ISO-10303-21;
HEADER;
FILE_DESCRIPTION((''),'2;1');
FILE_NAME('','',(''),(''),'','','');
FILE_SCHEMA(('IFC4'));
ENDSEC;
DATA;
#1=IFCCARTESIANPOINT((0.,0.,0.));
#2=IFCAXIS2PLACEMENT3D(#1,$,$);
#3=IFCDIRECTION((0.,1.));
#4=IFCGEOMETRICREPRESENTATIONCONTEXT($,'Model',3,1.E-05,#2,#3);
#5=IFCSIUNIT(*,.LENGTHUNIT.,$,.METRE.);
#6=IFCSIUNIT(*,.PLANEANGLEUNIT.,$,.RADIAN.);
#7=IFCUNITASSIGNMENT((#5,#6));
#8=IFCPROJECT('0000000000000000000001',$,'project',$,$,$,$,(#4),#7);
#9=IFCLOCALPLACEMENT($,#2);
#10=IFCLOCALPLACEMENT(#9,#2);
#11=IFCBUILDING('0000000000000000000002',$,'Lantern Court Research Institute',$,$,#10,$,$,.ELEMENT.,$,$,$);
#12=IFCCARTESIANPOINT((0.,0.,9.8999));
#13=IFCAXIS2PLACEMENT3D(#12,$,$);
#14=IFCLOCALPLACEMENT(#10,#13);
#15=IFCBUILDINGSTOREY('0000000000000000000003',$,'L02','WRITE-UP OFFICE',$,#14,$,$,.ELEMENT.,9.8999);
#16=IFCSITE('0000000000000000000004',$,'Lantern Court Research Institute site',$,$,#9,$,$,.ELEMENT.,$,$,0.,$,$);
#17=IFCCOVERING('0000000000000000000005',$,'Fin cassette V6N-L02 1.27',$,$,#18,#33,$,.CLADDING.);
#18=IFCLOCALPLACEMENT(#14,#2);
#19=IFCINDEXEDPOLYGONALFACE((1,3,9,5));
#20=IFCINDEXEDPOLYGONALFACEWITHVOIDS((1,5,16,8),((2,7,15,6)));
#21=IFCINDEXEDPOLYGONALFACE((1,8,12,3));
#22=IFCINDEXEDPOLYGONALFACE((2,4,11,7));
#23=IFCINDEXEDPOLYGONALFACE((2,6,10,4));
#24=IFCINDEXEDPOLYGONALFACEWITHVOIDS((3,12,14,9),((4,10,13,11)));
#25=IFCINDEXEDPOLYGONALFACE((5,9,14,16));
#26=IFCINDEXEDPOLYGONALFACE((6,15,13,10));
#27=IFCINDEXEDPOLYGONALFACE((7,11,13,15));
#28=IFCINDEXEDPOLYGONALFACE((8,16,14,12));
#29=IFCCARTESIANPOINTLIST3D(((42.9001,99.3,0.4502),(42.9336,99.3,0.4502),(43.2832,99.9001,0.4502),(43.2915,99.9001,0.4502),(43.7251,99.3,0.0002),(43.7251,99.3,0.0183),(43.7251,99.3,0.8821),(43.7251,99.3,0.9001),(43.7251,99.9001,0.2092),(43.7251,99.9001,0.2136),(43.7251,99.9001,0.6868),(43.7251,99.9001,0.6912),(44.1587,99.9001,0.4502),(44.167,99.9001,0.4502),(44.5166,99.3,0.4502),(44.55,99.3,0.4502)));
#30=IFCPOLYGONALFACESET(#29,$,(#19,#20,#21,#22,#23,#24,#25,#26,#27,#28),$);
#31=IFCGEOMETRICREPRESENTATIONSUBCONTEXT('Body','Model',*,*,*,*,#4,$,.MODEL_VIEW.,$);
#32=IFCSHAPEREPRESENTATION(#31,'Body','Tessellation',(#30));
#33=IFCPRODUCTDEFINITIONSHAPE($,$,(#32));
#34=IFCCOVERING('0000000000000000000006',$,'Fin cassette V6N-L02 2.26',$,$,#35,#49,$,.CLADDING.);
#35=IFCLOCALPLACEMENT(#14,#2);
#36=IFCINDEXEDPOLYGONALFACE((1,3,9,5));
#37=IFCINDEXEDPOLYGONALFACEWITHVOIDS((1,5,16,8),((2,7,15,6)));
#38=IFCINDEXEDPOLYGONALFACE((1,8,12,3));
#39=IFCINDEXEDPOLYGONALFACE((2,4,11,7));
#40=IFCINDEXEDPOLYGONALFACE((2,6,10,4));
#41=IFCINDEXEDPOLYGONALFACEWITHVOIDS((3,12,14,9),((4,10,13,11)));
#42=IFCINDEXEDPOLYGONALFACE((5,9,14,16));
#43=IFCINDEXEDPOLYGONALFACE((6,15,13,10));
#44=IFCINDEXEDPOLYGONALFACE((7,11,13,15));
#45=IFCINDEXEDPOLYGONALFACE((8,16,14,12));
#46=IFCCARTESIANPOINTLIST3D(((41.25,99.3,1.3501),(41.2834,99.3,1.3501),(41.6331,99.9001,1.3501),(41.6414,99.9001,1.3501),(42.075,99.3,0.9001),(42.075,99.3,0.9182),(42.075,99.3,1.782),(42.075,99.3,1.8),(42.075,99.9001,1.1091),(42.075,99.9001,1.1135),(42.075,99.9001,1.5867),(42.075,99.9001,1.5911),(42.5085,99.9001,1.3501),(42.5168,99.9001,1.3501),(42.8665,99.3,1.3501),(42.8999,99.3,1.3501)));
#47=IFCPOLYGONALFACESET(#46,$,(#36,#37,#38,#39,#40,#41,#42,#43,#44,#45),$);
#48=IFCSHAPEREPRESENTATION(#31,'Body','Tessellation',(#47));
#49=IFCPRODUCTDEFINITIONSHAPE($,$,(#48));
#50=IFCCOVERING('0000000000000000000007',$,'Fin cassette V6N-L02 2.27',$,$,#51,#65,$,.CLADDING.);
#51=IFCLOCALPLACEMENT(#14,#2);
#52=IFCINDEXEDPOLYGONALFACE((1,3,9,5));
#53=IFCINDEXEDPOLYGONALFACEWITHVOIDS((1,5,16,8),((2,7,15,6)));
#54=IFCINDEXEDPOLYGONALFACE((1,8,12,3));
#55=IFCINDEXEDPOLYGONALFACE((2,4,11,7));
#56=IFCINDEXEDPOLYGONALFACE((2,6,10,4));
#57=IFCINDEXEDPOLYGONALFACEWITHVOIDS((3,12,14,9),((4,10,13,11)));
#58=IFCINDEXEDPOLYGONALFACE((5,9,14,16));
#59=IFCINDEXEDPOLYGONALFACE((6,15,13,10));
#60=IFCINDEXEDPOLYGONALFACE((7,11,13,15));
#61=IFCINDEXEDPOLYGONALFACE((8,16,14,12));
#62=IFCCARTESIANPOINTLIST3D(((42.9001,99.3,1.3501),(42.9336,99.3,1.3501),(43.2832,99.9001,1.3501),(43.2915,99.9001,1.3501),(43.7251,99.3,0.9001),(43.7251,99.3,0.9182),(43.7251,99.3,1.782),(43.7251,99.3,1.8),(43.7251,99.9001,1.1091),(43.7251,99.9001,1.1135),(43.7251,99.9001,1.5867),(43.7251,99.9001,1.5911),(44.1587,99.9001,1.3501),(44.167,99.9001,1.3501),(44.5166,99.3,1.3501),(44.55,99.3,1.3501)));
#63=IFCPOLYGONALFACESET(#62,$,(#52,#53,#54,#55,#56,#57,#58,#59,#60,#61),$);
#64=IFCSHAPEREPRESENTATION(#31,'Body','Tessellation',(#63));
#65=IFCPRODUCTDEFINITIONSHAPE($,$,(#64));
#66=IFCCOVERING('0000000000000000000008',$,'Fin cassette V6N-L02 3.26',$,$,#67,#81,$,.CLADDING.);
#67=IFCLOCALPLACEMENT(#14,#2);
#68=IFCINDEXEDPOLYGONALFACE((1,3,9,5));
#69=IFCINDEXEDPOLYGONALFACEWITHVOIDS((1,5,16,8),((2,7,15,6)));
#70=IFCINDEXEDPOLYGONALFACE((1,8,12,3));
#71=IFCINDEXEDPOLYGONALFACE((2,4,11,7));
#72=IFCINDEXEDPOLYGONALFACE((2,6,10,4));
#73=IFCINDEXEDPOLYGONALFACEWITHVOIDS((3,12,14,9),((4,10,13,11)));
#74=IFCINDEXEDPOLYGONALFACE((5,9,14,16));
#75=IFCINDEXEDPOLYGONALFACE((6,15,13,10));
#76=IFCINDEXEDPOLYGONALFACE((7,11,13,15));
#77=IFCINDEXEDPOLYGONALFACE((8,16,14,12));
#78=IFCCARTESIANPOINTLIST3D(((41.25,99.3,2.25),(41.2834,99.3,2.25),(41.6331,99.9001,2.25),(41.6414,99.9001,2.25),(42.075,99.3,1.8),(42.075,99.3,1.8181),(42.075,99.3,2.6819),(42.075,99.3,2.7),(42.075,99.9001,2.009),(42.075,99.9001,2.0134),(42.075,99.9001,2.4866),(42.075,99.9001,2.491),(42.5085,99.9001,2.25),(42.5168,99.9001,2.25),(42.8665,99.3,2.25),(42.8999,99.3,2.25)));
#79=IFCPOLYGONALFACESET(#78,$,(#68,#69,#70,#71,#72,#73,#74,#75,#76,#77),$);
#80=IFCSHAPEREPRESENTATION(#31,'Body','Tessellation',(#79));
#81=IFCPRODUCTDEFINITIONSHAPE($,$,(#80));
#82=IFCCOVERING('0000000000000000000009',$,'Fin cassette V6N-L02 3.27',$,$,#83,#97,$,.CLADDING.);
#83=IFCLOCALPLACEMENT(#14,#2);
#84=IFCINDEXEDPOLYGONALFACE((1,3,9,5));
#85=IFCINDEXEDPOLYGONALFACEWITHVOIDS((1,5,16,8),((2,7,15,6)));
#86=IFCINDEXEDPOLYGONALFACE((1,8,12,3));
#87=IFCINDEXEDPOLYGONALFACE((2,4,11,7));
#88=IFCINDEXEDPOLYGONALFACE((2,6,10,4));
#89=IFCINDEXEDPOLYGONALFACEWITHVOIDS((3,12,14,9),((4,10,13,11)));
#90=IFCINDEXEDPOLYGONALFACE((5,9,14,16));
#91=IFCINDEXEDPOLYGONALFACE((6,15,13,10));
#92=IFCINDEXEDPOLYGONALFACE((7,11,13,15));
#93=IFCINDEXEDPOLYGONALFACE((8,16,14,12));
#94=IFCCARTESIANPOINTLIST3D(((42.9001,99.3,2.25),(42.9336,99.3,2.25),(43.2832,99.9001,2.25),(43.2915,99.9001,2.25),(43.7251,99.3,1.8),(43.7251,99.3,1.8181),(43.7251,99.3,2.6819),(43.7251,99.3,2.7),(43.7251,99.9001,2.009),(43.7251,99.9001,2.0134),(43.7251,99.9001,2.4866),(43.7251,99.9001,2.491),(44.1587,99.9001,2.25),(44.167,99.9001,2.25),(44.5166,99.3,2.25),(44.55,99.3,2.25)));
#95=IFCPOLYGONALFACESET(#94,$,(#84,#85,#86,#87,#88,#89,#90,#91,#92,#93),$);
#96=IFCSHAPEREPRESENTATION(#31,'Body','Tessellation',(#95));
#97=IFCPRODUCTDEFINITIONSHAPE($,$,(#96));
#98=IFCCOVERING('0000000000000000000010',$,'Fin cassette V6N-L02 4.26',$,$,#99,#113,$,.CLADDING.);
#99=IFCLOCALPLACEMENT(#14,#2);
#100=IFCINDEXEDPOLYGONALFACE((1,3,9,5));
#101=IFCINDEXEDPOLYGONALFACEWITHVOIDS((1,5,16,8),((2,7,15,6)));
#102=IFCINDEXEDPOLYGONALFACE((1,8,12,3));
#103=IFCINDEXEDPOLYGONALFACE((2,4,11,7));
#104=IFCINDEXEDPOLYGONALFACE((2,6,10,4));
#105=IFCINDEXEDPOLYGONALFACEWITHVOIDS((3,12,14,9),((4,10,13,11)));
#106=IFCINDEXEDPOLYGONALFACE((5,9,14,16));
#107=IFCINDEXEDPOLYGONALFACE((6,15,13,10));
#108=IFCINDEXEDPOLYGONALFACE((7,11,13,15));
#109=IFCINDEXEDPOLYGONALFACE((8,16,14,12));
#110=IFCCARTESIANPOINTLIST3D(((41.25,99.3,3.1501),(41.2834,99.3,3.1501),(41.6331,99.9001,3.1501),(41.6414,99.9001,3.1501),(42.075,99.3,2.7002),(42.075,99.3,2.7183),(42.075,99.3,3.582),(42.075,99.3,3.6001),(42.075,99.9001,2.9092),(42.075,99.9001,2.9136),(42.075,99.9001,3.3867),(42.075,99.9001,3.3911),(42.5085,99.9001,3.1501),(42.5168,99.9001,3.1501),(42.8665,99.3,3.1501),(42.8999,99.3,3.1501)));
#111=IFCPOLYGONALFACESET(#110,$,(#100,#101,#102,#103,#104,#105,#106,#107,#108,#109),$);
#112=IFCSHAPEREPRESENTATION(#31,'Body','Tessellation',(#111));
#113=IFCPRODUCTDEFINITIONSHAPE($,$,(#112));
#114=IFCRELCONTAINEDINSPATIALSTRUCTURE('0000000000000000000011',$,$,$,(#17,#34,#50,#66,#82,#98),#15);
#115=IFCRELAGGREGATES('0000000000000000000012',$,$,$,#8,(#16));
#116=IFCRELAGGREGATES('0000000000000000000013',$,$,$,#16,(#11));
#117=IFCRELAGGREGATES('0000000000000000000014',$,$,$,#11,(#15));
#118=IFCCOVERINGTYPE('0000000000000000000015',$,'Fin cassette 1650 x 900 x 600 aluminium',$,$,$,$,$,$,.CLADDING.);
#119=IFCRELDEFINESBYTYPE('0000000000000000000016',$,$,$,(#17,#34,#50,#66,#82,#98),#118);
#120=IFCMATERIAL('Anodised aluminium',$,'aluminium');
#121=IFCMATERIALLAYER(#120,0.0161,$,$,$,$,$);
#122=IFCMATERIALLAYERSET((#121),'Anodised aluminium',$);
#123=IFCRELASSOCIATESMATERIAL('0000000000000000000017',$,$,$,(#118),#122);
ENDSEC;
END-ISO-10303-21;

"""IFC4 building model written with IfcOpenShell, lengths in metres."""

from ifc_helpers import new_model, entity, si_unit, direction, frame, origin, place, context, subcontext, project, spatial, material, layer, layer_set, type_object, element, save


model = new_model("IFC4")

# Units and contexts
model_context = context("Model", 3, precision=1e-05, world=origin(), true_north=direction((0.0, 1.0)))
body_context = subcontext(model_context, "Body", "Model", "MODEL_VIEW")
ifc_project = project(units=[si_unit("LENGTHUNIT", "METRE"), si_unit("PLANEANGLEUNIT", "RADIAN")], contexts=[model_context])

# Site, building, storey
site_placement = place(None, origin())
site = spatial("IfcSite", under=ifc_project, at=site_placement, Name="Lantern Court Research Institute site", CompositionType="ELEMENT", RefElevation=0.0)
building_placement = place(site_placement, origin())
building = spatial("IfcBuilding", under=site, at=building_placement, Name="Lantern Court Research Institute", CompositionType="ELEMENT")
storey_placement = place(building_placement, frame((0.0, 0.0, 9.8999)))
storey = spatial("IfcBuildingStorey", under=building, at=storey_placement, Name="L02", Description="WRITE-UP OFFICE", CompositionType="ELEMENT", Elevation=9.8999)

# Coverings
ifc_material_1 = material(Name="Anodised aluminium", Category="aluminium")
ifc_layer_1 = layer(ifc_material_1, 0.0161)
ifc_layer_set_1 = layer_set([ifc_layer_1], Name="Anodised aluminium")
covering_type_1 = type_object("IfcCoveringType", Name="Fin cassette 1650 x 900 x 600 aluminium", PredefinedType="CLADDING", material=ifc_layer_set_1)
covering_1_placement = place(storey_placement, frame((43.7251, 99.3, 0.4502), z_axis=(0.0, 1.0, 0.0), x_axis=(-1.0, 0.0, 0.0)))
cartesian_point_1 = entity("IfcCartesianPoint", [0.825, 0.0])
cartesian_point_2 = entity("IfcCartesianPoint", [0.7915, 0.0])
cartesian_point_3 = entity("IfcCartesianPoint", [0.4419, 0.0])
cartesian_point_4 = entity("IfcCartesianPoint", [0.4336, 0.0])
element("IfcCovering", 1, at=covering_1_placement, inside=storey, type_object=covering_type_1, Name="Fin cassette V6N-L02 1.27", PredefinedType="CLADDING", context=body_context, shape_type="SweptSolid", body=[
    entity("IfcExtrudedAreaSolidTapered", entity("IfcArbitraryProfileDefWithVoids", "AREA", None, entity("IfcPolyline", [cartesian_point_1, entity("IfcCartesianPoint", [0.0, 0.45]), entity("IfcCartesianPoint", [-0.825, 0.0]), entity("IfcCartesianPoint", [0.0, -0.45]), cartesian_point_1]), [entity("IfcPolyline", [cartesian_point_2, entity("IfcCartesianPoint", [0.0, 0.4319]), entity("IfcCartesianPoint", [-0.7915, 0.0]), entity("IfcCartesianPoint", [0.0, -0.4319]), cartesian_point_2])]), entity("IfcAxis2Placement3D", entity("IfcCartesianPoint", [0.0, 0.0, 0.0])), entity("IfcDirection", [0.0, 0.0, 1.0]), 0.6001, entity("IfcArbitraryProfileDefWithVoids", "AREA", None, entity("IfcPolyline", [cartesian_point_3, entity("IfcCartesianPoint", [0.0, 0.241]), entity("IfcCartesianPoint", [-0.4419, 0.0]), entity("IfcCartesianPoint", [0.0, -0.241]), cartesian_point_3]), [entity("IfcPolyline", [cartesian_point_4, entity("IfcCartesianPoint", [0.0, 0.2366]), entity("IfcCartesianPoint", [-0.4336, 0.0]), entity("IfcCartesianPoint", [0.0, -0.2366]), cartesian_point_4])])),
])
covering_2_placement = place(storey_placement, frame((42.075, 99.3, 1.3501), z_axis=(0.0, 1.0, 0.0), x_axis=(-1.0, 0.0, 0.0)))
cartesian_point_5 = entity("IfcCartesianPoint", [0.825, 0.0])
cartesian_point_6 = entity("IfcCartesianPoint", [0.7915, 0.0])
cartesian_point_7 = entity("IfcCartesianPoint", [0.4419, 0.0])
cartesian_point_8 = entity("IfcCartesianPoint", [0.4336, 0.0])
element("IfcCovering", 2, at=covering_2_placement, inside=storey, type_object=covering_type_1, Name="Fin cassette V6N-L02 2.26", PredefinedType="CLADDING", context=body_context, shape_type="SweptSolid", body=[
    entity("IfcExtrudedAreaSolidTapered", entity("IfcArbitraryProfileDefWithVoids", "AREA", None, entity("IfcPolyline", [cartesian_point_5, entity("IfcCartesianPoint", [0.0, 0.45]), entity("IfcCartesianPoint", [-0.825, 0.0]), entity("IfcCartesianPoint", [0.0, -0.45]), cartesian_point_5]), [entity("IfcPolyline", [cartesian_point_6, entity("IfcCartesianPoint", [0.0, 0.4319]), entity("IfcCartesianPoint", [-0.7915, 0.0]), entity("IfcCartesianPoint", [0.0, -0.4319]), cartesian_point_6])]), entity("IfcAxis2Placement3D", entity("IfcCartesianPoint", [0.0, 0.0, 0.0])), entity("IfcDirection", [0.0, 0.0, 1.0]), 0.6001, entity("IfcArbitraryProfileDefWithVoids", "AREA", None, entity("IfcPolyline", [cartesian_point_7, entity("IfcCartesianPoint", [0.0, 0.241]), entity("IfcCartesianPoint", [-0.4419, 0.0]), entity("IfcCartesianPoint", [0.0, -0.241]), cartesian_point_7]), [entity("IfcPolyline", [cartesian_point_8, entity("IfcCartesianPoint", [0.0, 0.2366]), entity("IfcCartesianPoint", [-0.4336, 0.0]), entity("IfcCartesianPoint", [0.0, -0.2366]), cartesian_point_8])])),
])
covering_3_placement = place(storey_placement, frame((43.7251, 99.3, 1.3501), z_axis=(0.0, 1.0, 0.0), x_axis=(-1.0, 0.0, 0.0)))
cartesian_point_9 = entity("IfcCartesianPoint", [0.825, 0.0])
cartesian_point_10 = entity("IfcCartesianPoint", [0.7915, 0.0])
cartesian_point_11 = entity("IfcCartesianPoint", [0.4419, 0.0])
cartesian_point_12 = entity("IfcCartesianPoint", [0.4336, 0.0])
element("IfcCovering", 3, at=covering_3_placement, inside=storey, type_object=covering_type_1, Name="Fin cassette V6N-L02 2.27", PredefinedType="CLADDING", context=body_context, shape_type="SweptSolid", body=[
    entity("IfcExtrudedAreaSolidTapered", entity("IfcArbitraryProfileDefWithVoids", "AREA", None, entity("IfcPolyline", [cartesian_point_9, entity("IfcCartesianPoint", [0.0, 0.45]), entity("IfcCartesianPoint", [-0.825, 0.0]), entity("IfcCartesianPoint", [0.0, -0.45]), cartesian_point_9]), [entity("IfcPolyline", [cartesian_point_10, entity("IfcCartesianPoint", [0.0, 0.4319]), entity("IfcCartesianPoint", [-0.7915, 0.0]), entity("IfcCartesianPoint", [0.0, -0.4319]), cartesian_point_10])]), entity("IfcAxis2Placement3D", entity("IfcCartesianPoint", [0.0, 0.0, 0.0])), entity("IfcDirection", [0.0, 0.0, 1.0]), 0.6001, entity("IfcArbitraryProfileDefWithVoids", "AREA", None, entity("IfcPolyline", [cartesian_point_11, entity("IfcCartesianPoint", [0.0, 0.241]), entity("IfcCartesianPoint", [-0.4419, 0.0]), entity("IfcCartesianPoint", [0.0, -0.241]), cartesian_point_11]), [entity("IfcPolyline", [cartesian_point_12, entity("IfcCartesianPoint", [0.0, 0.2366]), entity("IfcCartesianPoint", [-0.4336, 0.0]), entity("IfcCartesianPoint", [0.0, -0.2366]), cartesian_point_12])])),
])
covering_4_placement = place(storey_placement, frame((42.075, 99.3, 2.25), z_axis=(0.0, 1.0, 0.0), x_axis=(-1.0, 0.0, 0.0)))
cartesian_point_13 = entity("IfcCartesianPoint", [0.825, 0.0])
cartesian_point_14 = entity("IfcCartesianPoint", [0.7915, 0.0])
cartesian_point_15 = entity("IfcCartesianPoint", [0.4419, 0.0])
cartesian_point_16 = entity("IfcCartesianPoint", [0.4336, 0.0])
element("IfcCovering", 4, at=covering_4_placement, inside=storey, type_object=covering_type_1, Name="Fin cassette V6N-L02 3.26", PredefinedType="CLADDING", context=body_context, shape_type="SweptSolid", body=[
    entity("IfcExtrudedAreaSolidTapered", entity("IfcArbitraryProfileDefWithVoids", "AREA", None, entity("IfcPolyline", [cartesian_point_13, entity("IfcCartesianPoint", [0.0, 0.45]), entity("IfcCartesianPoint", [-0.825, 0.0]), entity("IfcCartesianPoint", [0.0, -0.45]), cartesian_point_13]), [entity("IfcPolyline", [cartesian_point_14, entity("IfcCartesianPoint", [0.0, 0.4319]), entity("IfcCartesianPoint", [-0.7915, 0.0]), entity("IfcCartesianPoint", [0.0, -0.4319]), cartesian_point_14])]), entity("IfcAxis2Placement3D", entity("IfcCartesianPoint", [0.0, 0.0, 0.0])), entity("IfcDirection", [0.0, 0.0, 1.0]), 0.6001, entity("IfcArbitraryProfileDefWithVoids", "AREA", None, entity("IfcPolyline", [cartesian_point_15, entity("IfcCartesianPoint", [0.0, 0.241]), entity("IfcCartesianPoint", [-0.4419, 0.0]), entity("IfcCartesianPoint", [0.0, -0.241]), cartesian_point_15]), [entity("IfcPolyline", [cartesian_point_16, entity("IfcCartesianPoint", [0.0, 0.2366]), entity("IfcCartesianPoint", [-0.4336, 0.0]), entity("IfcCartesianPoint", [0.0, -0.2366]), cartesian_point_16])])),
])
covering_5_placement = place(storey_placement, frame((43.7251, 99.3, 2.25), z_axis=(0.0, 1.0, 0.0), x_axis=(-1.0, 0.0, 0.0)))
cartesian_point_17 = entity("IfcCartesianPoint", [0.825, 0.0])
cartesian_point_18 = entity("IfcCartesianPoint", [0.7915, 0.0])
cartesian_point_19 = entity("IfcCartesianPoint", [0.4419, 0.0])
cartesian_point_20 = entity("IfcCartesianPoint", [0.4336, 0.0])
element("IfcCovering", 5, at=covering_5_placement, inside=storey, type_object=covering_type_1, Name="Fin cassette V6N-L02 3.27", PredefinedType="CLADDING", context=body_context, shape_type="SweptSolid", body=[
    entity("IfcExtrudedAreaSolidTapered", entity("IfcArbitraryProfileDefWithVoids", "AREA", None, entity("IfcPolyline", [cartesian_point_17, entity("IfcCartesianPoint", [0.0, 0.45]), entity("IfcCartesianPoint", [-0.825, 0.0]), entity("IfcCartesianPoint", [0.0, -0.45]), cartesian_point_17]), [entity("IfcPolyline", [cartesian_point_18, entity("IfcCartesianPoint", [0.0, 0.4319]), entity("IfcCartesianPoint", [-0.7915, 0.0]), entity("IfcCartesianPoint", [0.0, -0.4319]), cartesian_point_18])]), entity("IfcAxis2Placement3D", entity("IfcCartesianPoint", [0.0, 0.0, 0.0])), entity("IfcDirection", [0.0, 0.0, 1.0]), 0.6001, entity("IfcArbitraryProfileDefWithVoids", "AREA", None, entity("IfcPolyline", [cartesian_point_19, entity("IfcCartesianPoint", [0.0, 0.241]), entity("IfcCartesianPoint", [-0.4419, 0.0]), entity("IfcCartesianPoint", [0.0, -0.241]), cartesian_point_19]), [entity("IfcPolyline", [cartesian_point_20, entity("IfcCartesianPoint", [0.0, 0.2366]), entity("IfcCartesianPoint", [-0.4336, 0.0]), entity("IfcCartesianPoint", [0.0, -0.2366]), cartesian_point_20])])),
])
covering_6_placement = place(storey_placement, frame((42.075, 99.3, 3.1501), z_axis=(0.0, 1.0, 0.0), x_axis=(-1.0, 0.0, 0.0)))
cartesian_point_21 = entity("IfcCartesianPoint", [0.825, 0.0])
cartesian_point_22 = entity("IfcCartesianPoint", [0.7915, 0.0])
cartesian_point_23 = entity("IfcCartesianPoint", [0.4419, 0.0])
cartesian_point_24 = entity("IfcCartesianPoint", [0.4336, 0.0])
element("IfcCovering", 6, at=covering_6_placement, inside=storey, type_object=covering_type_1, Name="Fin cassette V6N-L02 4.26", PredefinedType="CLADDING", context=body_context, shape_type="SweptSolid", body=[
    entity("IfcExtrudedAreaSolidTapered", entity("IfcArbitraryProfileDefWithVoids", "AREA", None, entity("IfcPolyline", [cartesian_point_21, entity("IfcCartesianPoint", [0.0, 0.45]), entity("IfcCartesianPoint", [-0.825, 0.0]), entity("IfcCartesianPoint", [0.0, -0.45]), cartesian_point_21]), [entity("IfcPolyline", [cartesian_point_22, entity("IfcCartesianPoint", [0.0, 0.4319]), entity("IfcCartesianPoint", [-0.7915, 0.0]), entity("IfcCartesianPoint", [0.0, -0.4319]), cartesian_point_22])]), entity("IfcAxis2Placement3D", entity("IfcCartesianPoint", [0.0, 0.0, 0.0])), entity("IfcDirection", [0.0, 0.0, 1.0]), 0.6001, entity("IfcArbitraryProfileDefWithVoids", "AREA", None, entity("IfcPolyline", [cartesian_point_23, entity("IfcCartesianPoint", [0.0, 0.241]), entity("IfcCartesianPoint", [-0.4419, 0.0]), entity("IfcCartesianPoint", [0.0, -0.241]), cartesian_point_23]), [entity("IfcPolyline", [cartesian_point_24, entity("IfcCartesianPoint", [0.0, 0.2366]), entity("IfcCartesianPoint", [-0.4336, 0.0]), entity("IfcCartesianPoint", [0.0, -0.2366]), cartesian_point_24])])),
])

save(model, "model.ifc")
